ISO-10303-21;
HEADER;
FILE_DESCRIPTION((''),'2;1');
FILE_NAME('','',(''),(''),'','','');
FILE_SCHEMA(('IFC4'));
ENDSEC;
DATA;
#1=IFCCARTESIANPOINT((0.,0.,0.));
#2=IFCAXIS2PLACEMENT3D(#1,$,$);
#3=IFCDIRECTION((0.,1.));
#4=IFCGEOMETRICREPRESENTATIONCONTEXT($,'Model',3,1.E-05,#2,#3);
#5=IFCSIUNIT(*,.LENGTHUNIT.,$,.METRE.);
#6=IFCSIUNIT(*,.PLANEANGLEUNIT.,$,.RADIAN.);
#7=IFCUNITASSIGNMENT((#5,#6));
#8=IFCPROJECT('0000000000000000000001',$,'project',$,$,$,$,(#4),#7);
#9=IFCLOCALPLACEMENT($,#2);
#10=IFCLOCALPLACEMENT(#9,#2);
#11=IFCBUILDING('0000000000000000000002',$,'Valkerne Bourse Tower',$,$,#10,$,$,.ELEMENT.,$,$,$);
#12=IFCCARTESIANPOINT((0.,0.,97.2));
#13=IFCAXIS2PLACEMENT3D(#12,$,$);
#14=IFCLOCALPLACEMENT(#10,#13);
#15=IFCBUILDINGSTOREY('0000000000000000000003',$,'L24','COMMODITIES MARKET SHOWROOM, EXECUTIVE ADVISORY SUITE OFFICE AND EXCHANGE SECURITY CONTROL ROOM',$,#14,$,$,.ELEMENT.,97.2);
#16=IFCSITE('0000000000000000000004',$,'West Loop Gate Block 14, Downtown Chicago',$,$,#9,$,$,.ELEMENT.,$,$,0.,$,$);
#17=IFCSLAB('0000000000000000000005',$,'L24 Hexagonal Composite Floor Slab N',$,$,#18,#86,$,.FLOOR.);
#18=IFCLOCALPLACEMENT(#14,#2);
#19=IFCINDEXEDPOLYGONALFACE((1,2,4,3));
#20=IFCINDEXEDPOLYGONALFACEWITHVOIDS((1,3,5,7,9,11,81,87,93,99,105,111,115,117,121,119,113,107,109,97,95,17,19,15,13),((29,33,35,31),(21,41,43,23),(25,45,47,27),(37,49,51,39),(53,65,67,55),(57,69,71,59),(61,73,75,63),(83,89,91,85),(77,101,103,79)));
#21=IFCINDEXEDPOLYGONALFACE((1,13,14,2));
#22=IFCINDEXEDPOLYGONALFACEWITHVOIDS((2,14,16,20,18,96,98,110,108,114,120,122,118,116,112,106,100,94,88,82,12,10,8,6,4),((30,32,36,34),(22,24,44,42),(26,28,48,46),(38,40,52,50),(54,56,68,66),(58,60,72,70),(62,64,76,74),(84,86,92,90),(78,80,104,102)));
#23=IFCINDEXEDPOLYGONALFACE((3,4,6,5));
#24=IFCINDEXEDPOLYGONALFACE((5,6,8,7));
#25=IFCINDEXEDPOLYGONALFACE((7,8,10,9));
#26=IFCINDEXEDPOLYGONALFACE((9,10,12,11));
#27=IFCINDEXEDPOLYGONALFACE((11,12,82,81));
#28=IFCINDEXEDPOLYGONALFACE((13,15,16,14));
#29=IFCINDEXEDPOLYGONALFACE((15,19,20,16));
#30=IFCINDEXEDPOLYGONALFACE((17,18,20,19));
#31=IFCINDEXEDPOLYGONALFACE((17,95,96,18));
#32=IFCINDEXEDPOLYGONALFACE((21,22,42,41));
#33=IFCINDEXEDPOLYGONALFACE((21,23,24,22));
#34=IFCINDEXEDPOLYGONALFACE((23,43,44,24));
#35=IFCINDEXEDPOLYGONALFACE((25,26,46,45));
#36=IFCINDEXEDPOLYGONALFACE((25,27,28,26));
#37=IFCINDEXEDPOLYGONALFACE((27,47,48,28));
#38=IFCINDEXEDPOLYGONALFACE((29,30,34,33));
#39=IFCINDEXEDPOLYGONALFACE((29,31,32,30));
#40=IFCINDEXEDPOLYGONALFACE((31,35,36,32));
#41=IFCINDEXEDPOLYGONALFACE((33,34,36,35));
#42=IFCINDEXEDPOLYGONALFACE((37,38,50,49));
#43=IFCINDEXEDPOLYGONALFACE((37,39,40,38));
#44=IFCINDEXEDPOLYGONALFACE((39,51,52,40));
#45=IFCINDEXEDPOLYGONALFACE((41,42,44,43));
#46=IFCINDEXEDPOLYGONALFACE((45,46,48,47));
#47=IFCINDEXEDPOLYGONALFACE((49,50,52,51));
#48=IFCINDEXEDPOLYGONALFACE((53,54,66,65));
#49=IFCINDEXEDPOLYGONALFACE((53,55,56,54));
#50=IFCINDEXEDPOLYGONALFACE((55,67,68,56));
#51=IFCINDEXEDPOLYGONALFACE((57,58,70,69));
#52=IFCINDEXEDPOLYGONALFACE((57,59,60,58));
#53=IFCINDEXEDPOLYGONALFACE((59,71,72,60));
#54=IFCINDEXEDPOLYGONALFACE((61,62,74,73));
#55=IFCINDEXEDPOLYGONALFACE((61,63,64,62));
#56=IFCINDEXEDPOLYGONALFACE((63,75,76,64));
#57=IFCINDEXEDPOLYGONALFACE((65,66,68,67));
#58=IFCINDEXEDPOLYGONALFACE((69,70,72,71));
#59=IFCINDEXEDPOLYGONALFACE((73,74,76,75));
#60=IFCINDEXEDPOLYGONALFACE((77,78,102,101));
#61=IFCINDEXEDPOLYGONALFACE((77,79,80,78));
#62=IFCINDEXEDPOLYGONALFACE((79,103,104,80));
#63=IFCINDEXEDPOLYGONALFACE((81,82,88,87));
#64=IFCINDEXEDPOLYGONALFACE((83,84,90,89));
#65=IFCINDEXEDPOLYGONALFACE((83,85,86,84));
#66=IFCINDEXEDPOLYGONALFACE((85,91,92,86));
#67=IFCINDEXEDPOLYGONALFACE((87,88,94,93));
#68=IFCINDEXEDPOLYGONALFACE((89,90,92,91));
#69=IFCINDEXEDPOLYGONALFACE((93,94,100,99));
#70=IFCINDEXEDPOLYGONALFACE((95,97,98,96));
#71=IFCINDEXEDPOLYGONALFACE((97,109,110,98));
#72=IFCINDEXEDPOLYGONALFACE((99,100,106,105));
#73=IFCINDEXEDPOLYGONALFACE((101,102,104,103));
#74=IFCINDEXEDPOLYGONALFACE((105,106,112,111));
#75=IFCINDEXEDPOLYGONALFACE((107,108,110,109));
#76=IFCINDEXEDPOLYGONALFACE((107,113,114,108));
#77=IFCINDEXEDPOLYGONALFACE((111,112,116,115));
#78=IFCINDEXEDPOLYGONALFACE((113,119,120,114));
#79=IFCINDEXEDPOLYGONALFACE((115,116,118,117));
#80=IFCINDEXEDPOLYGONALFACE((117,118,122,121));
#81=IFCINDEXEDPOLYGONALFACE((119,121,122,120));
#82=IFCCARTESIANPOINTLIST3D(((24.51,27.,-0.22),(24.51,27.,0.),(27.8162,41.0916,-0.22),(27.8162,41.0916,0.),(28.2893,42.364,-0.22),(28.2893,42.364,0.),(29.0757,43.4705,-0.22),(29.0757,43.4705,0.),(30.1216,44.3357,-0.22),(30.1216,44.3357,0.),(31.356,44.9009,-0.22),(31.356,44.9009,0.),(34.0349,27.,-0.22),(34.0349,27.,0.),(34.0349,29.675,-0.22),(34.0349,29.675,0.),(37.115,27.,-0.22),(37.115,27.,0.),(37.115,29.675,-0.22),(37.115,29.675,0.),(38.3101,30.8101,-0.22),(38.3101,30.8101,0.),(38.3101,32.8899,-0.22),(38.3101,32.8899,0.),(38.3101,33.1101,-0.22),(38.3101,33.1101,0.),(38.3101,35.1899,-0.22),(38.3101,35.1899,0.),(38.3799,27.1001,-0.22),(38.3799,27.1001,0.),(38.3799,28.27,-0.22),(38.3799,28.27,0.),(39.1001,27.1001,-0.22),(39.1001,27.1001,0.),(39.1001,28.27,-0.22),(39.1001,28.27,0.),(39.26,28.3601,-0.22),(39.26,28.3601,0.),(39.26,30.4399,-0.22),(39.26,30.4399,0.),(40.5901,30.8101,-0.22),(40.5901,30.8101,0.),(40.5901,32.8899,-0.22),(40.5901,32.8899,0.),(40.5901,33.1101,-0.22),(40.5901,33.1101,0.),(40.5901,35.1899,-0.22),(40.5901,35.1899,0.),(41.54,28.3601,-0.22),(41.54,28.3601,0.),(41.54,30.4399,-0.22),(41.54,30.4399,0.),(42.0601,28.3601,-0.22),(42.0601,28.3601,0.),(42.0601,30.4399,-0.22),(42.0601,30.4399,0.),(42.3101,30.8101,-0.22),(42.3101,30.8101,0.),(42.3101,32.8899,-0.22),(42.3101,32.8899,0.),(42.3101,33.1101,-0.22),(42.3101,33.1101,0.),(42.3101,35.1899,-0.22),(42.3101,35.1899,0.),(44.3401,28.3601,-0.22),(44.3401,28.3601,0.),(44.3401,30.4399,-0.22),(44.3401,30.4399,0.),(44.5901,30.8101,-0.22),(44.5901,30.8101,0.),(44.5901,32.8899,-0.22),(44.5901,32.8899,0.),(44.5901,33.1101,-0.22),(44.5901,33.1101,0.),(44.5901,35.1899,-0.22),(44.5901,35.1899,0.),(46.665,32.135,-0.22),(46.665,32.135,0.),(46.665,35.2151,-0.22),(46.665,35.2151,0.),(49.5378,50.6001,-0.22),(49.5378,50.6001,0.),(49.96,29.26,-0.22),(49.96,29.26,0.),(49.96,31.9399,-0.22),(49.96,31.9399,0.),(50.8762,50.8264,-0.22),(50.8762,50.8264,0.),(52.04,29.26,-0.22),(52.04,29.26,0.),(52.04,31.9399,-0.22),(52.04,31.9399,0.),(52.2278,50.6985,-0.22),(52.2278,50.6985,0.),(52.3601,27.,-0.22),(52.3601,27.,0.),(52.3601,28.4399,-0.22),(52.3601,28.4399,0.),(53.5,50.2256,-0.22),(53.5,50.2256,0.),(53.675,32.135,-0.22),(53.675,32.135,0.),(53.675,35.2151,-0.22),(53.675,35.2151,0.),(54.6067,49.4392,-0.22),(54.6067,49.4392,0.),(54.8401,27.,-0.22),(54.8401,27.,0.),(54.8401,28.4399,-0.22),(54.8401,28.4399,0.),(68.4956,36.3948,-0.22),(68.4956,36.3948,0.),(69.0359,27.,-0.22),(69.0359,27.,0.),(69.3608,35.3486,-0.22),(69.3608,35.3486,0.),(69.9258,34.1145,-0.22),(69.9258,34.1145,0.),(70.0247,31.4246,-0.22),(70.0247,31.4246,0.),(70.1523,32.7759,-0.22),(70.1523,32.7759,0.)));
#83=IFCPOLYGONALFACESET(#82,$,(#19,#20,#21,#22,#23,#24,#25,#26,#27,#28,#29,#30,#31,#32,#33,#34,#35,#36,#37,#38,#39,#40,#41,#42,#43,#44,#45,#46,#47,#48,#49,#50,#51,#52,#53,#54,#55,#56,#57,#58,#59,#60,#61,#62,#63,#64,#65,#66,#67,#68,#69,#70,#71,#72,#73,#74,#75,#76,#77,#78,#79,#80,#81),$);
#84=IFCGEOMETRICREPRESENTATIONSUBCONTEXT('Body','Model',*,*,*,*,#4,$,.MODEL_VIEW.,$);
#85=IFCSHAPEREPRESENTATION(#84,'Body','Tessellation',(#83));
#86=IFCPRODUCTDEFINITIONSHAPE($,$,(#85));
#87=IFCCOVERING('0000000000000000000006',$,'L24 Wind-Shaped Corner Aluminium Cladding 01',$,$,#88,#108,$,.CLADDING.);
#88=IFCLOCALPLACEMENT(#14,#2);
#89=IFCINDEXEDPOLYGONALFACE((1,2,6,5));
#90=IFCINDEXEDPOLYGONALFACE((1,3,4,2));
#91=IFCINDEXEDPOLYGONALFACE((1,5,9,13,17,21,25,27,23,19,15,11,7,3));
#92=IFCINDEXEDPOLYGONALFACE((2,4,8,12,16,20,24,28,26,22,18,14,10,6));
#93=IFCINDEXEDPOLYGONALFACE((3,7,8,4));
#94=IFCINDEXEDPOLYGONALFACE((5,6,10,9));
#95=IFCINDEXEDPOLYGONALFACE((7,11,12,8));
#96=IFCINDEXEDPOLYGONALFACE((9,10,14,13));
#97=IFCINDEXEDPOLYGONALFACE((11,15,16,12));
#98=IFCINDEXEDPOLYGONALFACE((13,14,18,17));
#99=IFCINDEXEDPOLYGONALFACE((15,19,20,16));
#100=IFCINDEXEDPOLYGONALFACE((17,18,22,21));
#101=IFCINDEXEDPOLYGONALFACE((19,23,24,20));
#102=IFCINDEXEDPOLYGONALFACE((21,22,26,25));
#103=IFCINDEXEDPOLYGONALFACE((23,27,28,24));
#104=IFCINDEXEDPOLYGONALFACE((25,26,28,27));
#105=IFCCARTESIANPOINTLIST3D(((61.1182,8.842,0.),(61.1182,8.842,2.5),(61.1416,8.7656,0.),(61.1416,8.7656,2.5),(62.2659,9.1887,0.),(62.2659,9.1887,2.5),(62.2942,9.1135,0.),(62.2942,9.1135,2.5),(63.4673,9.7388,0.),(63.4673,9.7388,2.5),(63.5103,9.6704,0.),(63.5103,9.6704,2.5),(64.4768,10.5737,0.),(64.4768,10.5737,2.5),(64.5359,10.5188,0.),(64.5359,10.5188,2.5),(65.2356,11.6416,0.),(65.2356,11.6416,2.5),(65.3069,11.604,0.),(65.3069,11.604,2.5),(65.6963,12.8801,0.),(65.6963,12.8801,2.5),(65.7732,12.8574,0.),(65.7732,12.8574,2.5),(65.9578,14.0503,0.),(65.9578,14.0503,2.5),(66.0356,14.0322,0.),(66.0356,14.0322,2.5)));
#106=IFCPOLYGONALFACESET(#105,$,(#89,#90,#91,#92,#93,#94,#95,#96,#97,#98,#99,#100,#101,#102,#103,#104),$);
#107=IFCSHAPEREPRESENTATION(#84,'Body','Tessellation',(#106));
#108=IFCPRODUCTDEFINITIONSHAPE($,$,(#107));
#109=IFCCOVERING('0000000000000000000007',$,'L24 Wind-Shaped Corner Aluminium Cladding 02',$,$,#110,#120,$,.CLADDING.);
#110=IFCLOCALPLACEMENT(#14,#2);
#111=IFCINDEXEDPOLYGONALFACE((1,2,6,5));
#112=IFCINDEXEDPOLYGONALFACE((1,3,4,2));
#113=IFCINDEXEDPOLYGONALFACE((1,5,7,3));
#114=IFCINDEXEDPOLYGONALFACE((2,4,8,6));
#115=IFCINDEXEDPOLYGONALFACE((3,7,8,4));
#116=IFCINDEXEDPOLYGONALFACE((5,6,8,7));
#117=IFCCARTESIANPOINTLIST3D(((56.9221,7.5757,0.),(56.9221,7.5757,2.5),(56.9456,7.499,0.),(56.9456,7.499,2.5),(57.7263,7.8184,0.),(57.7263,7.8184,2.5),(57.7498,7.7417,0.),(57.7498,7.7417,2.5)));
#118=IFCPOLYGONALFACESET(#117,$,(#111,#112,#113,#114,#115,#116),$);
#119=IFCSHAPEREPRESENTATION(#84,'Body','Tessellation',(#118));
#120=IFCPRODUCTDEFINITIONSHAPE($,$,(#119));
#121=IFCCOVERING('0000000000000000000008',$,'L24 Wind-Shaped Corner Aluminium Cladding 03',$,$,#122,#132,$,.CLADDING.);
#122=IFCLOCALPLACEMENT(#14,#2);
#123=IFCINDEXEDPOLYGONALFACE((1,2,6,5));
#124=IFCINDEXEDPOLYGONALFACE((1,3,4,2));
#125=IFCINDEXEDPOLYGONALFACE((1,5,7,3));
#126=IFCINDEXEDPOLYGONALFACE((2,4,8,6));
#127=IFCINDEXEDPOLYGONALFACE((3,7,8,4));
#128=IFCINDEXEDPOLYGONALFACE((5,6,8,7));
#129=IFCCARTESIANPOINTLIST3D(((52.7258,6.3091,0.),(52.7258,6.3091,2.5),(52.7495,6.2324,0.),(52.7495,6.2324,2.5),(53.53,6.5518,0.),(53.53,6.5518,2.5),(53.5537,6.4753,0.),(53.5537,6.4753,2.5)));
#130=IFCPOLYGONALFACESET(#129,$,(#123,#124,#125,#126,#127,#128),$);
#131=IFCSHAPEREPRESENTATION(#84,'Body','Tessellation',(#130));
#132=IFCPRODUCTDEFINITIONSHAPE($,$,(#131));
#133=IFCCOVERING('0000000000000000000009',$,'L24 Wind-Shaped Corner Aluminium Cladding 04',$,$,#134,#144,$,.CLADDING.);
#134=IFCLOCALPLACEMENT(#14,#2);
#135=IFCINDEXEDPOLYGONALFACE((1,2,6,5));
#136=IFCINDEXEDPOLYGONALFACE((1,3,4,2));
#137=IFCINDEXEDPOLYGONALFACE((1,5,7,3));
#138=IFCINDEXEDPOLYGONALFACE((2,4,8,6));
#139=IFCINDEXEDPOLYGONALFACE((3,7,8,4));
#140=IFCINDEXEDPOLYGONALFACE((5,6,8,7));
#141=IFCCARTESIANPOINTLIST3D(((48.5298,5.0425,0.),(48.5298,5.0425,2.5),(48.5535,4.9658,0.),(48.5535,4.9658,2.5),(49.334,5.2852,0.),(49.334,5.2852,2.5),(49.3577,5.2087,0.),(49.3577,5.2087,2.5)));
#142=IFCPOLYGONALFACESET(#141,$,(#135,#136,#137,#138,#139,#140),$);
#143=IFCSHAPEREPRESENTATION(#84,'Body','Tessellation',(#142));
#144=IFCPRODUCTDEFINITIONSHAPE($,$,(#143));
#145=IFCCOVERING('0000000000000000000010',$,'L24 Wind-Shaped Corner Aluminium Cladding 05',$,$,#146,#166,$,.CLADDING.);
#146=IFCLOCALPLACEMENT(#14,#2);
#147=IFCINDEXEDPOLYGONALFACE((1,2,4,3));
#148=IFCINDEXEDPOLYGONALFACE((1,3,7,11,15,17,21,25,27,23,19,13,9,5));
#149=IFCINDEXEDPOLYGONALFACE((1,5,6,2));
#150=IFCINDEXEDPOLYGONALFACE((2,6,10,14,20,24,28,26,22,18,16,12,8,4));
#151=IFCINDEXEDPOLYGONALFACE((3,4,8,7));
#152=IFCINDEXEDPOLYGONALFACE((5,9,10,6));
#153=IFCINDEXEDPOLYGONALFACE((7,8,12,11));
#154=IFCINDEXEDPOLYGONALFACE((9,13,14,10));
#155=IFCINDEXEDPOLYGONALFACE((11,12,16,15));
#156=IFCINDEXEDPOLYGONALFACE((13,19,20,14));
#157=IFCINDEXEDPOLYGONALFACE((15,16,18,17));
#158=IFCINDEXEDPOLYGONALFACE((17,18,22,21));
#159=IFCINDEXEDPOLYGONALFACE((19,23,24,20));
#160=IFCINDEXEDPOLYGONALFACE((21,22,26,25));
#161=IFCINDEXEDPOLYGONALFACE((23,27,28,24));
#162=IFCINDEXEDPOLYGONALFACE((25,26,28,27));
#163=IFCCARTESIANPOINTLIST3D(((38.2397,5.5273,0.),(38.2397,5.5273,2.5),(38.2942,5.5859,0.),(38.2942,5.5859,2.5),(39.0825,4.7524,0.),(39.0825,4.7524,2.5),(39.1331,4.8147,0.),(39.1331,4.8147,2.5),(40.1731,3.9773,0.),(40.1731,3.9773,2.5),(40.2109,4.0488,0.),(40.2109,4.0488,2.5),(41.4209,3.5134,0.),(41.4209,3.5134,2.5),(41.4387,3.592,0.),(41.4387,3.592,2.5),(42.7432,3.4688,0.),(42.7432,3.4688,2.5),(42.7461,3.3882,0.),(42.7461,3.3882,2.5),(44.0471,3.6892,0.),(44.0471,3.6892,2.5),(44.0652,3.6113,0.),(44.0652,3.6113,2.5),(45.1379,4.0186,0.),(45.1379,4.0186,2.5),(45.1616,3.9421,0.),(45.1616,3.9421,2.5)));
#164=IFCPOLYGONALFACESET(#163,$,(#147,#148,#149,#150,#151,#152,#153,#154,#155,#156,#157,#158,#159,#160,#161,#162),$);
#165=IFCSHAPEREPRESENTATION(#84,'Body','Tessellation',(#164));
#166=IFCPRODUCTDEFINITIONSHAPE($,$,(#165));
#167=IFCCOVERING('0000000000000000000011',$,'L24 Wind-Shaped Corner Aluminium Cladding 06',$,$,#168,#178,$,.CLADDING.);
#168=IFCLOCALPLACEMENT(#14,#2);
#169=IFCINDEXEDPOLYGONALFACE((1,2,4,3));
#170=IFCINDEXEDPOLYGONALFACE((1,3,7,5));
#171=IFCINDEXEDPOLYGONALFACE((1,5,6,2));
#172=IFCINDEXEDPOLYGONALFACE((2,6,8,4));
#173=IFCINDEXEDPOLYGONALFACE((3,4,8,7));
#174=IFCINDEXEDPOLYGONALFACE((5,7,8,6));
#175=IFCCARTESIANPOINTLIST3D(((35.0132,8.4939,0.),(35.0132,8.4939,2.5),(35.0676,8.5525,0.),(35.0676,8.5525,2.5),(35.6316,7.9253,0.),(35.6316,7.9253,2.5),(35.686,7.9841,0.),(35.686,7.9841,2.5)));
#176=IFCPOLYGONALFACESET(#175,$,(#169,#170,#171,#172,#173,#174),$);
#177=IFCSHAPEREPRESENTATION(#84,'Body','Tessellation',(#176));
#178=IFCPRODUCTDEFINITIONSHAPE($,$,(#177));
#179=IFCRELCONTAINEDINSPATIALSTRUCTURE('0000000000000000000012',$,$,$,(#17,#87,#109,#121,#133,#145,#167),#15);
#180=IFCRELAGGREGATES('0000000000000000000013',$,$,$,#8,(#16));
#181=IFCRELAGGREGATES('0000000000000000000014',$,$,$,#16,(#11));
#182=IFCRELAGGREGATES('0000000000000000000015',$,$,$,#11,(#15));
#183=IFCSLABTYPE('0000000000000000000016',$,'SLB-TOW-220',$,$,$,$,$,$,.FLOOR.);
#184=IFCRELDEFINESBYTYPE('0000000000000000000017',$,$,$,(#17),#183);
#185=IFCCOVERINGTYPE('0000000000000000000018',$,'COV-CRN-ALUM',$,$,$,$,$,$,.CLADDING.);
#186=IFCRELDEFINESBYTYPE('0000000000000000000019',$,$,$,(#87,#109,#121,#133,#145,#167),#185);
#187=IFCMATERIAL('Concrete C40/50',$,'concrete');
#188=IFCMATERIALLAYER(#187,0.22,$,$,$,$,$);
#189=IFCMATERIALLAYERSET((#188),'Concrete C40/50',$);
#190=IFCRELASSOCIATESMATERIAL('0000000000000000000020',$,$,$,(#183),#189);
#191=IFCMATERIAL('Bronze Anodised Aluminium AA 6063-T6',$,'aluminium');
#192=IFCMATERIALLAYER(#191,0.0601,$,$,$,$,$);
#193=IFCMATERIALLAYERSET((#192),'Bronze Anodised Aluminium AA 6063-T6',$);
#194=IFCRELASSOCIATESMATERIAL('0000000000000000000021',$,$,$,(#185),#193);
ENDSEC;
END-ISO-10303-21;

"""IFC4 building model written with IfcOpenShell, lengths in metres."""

from ifc_helpers import new_model, si_unit, direction, frame, origin, place, context, subcontext, project, spatial, polyline, outline, extrude, material, layer, layer_set, type_object, element, save


model = new_model("IFC4")

# Units and contexts
model_context = context("Model", 3, precision=1e-05, world=origin(), true_north=direction((0.0, 1.0)))
body_context = subcontext(model_context, "Body", "Model", "MODEL_VIEW")
ifc_project = project(units=[si_unit("LENGTHUNIT", "METRE"), si_unit("PLANEANGLEUNIT", "RADIAN")], contexts=[model_context])

# Site, building, storey
site_placement = place(None, origin())
site = spatial("IfcSite", under=ifc_project, at=site_placement, Name="West Loop Gate Block 14, Downtown Chicago", CompositionType="ELEMENT", RefElevation=0.0)
building_placement = place(site_placement, origin())
building = spatial("IfcBuilding", under=site, at=building_placement, Name="Valkerne Bourse Tower", CompositionType="ELEMENT")
storey_placement = place(building_placement, frame((0.0, 0.0, 97.2)))
storey = spatial("IfcBuildingStorey", under=building, at=storey_placement, Name="L24", Description="COMMODITIES MARKET SHOWROOM, EXECUTIVE ADVISORY SUITE OFFICE AND EXCHANGE SECURITY CONTROL ROOM", CompositionType="ELEMENT", Elevation=97.2)

# Slab
ifc_material_1 = material(Name="Concrete C40/50", Category="concrete")
ifc_layer_1 = layer(ifc_material_1, 0.22)
ifc_layer_set_1 = layer_set([ifc_layer_1], Name="Concrete C40/50")
slab_type_1 = type_object("IfcSlabType", Name="SLB-TOW-220", PredefinedType="FLOOR", material=ifc_layer_set_1)
slab_1_placement = place(storey_placement, frame((0.0, 0.0, -0.22)))
element("IfcSlab", 1, at=slab_1_placement, inside=storey, type_object=slab_type_1, Name="L24 Hexagonal Composite Floor Slab N", PredefinedType="FLOOR", context=body_context, shape_type="SweptSolid", body=[
    extrude(outline(polyline([(27.8162, 41.0916), (28.2893, 42.364), (29.0757, 43.4705), (30.1216, 44.3357), (31.356, 44.9009), (49.5378, 50.6001), (50.8762, 50.8264), (52.2278, 50.6985), (53.5, 50.2256), (54.6067, 49.4392), (68.4956, 36.3948), (69.3608, 35.3486), (69.9258, 34.1145), (70.1523, 32.7759), (70.0247, 31.4246), (69.0359, 27.0), (54.8401, 27.0), (54.8401, 28.4399), (52.3601, 28.4399), (52.3601, 27.0), (37.115, 27.0), (37.115, 29.675), (34.0349, 29.675), (34.0349, 27.0), (24.51, 27.0), (27.8162, 41.0916)]), holes=[polyline([(39.1001, 28.27), (38.3799, 28.27), (38.3799, 27.1001), (39.1001, 27.1001), (39.1001, 28.27)]), polyline([(41.54, 30.4399), (39.26, 30.4399), (39.26, 28.3601), (41.54, 28.3601), (41.54, 30.4399)]), polyline([(44.3401, 30.4399), (42.0601, 30.4399), (42.0601, 28.3601), (44.3401, 28.3601), (44.3401, 30.4399)]), polyline([(40.5901, 30.8101), (40.5901, 32.8899), (38.3101, 32.8899), (38.3101, 30.8101), (40.5901, 30.8101)]), polyline([(40.5901, 33.1101), (40.5901, 35.1899), (38.3101, 35.1899), (38.3101, 33.1101), (40.5901, 33.1101)]), polyline([(52.04, 31.9399), (49.96, 31.9399), (49.96, 29.26), (52.04, 29.26), (52.04, 31.9399)]), polyline([(44.5901, 32.8899), (42.3101, 32.8899), (42.3101, 30.8101), (44.5901, 30.8101), (44.5901, 32.8899)]), polyline([(53.675, 32.135), (53.675, 35.2151), (46.665, 35.2151), (46.665, 32.135), (53.675, 32.135)]), polyline([(44.5901, 33.1101), (44.5901, 35.1899), (42.3101, 35.1899), (42.3101, 33.1101), (44.5901, 33.1101)])]), origin(), (0.0, 0.0, 1.0), 0.22),
])

# Coverings
ifc_material_2 = material(Name="Bronze Anodised Aluminium AA 6063-T6", Category="aluminium")
ifc_layer_2 = layer(ifc_material_2, 0.0601)
ifc_layer_set_2 = layer_set([ifc_layer_2], Name="Bronze Anodised Aluminium AA 6063-T6")
covering_type = type_object("IfcCoveringType", Name="COV-CRN-ALUM", PredefinedType="CLADDING", material=ifc_layer_set_2)
covering_1_placement = place(storey_placement, origin())
element("IfcCovering", 2, at=covering_1_placement, inside=storey, type_object=covering_type, Name="L24 Wind-Shaped Corner Aluminium Cladding 01", PredefinedType="CLADDING", context=body_context, shape_type="SweptSolid", body=[
    extrude(outline(polyline([(65.3069, 11.604), (64.5359, 10.5188), (63.5103, 9.6704), (62.2942, 9.1135), (61.1416, 8.7656), (61.1182, 8.842), (62.2659, 9.1887), (63.4673, 9.7388), (64.4768, 10.5737), (65.2356, 11.6416), (65.6963, 12.8801), (65.9578, 14.0503), (66.0356, 14.0322), (65.7732, 12.8574), (65.3069, 11.604)])), origin(), (0.0, 0.0, 1.0), 2.5),
])
covering_2_placement = place(storey_placement, origin())
element("IfcCovering", 3, at=covering_2_placement, inside=storey, type_object=covering_type, Name="L24 Wind-Shaped Corner Aluminium Cladding 02", PredefinedType="CLADDING", context=body_context, shape_type="SweptSolid", body=[
    extrude(outline(polyline([(56.9456, 7.499), (56.9221, 7.5757), (57.7263, 7.8184), (57.7498, 7.7417), (56.9456, 7.499)])), origin(), (0.0, 0.0, 1.0), 2.5),
])
covering_3_placement = place(storey_placement, origin())
element("IfcCovering", 4, at=covering_3_placement, inside=storey, type_object=covering_type, Name="L24 Wind-Shaped Corner Aluminium Cladding 03", PredefinedType="CLADDING", context=body_context, shape_type="SweptSolid", body=[
    extrude(outline(polyline([(52.7495, 6.2324), (52.7258, 6.3091), (53.53, 6.5518), (53.5537, 6.4753), (52.7495, 6.2324)])), origin(), (0.0, 0.0, 1.0), 2.5),
])
covering_4_placement = place(storey_placement, origin())
element("IfcCovering", 5, at=covering_4_placement, inside=storey, type_object=covering_type, Name="L24 Wind-Shaped Corner Aluminium Cladding 04", PredefinedType="CLADDING", context=body_context, shape_type="SweptSolid", body=[
    extrude(outline(polyline([(48.5535, 4.9658), (48.5298, 5.0425), (49.334, 5.2852), (49.3577, 5.2087), (48.5535, 4.9658)])), origin(), (0.0, 0.0, 1.0), 2.5),
])
covering_5_placement = place(storey_placement, origin())
element("IfcCovering", 6, at=covering_5_placement, inside=storey, type_object=covering_type, Name="L24 Wind-Shaped Corner Aluminium Cladding 05", PredefinedType="CLADDING", context=body_context, shape_type="SweptSolid", body=[
    extrude(outline(polyline([(44.0652, 3.6113), (42.7461, 3.3882), (41.4209, 3.5134), (40.1731, 3.9773), (39.0825, 4.7524), (38.2397, 5.5273), (38.2942, 5.5859), (39.1331, 4.8147), (40.2109, 4.0488), (41.4387, 3.592), (42.7432, 3.4688), (44.0471, 3.6892), (45.1379, 4.0186), (45.1616, 3.9421), (44.0652, 3.6113)])), origin(), (0.0, 0.0, 1.0), 2.5),
])
covering_6_placement = place(storey_placement, origin())
element("IfcCovering", 7, at=covering_6_placement, inside=storey, type_object=covering_type, Name="L24 Wind-Shaped Corner Aluminium Cladding 06", PredefinedType="CLADDING", context=body_context, shape_type="SweptSolid", body=[
    extrude(outline(polyline([(35.0132, 8.4939), (35.0676, 8.5525), (35.686, 7.9841), (35.6316, 7.9253), (35.0132, 8.4939)])), origin(), (0.0, 0.0, 1.0), 2.5),
])

save(model, "model.ifc")
